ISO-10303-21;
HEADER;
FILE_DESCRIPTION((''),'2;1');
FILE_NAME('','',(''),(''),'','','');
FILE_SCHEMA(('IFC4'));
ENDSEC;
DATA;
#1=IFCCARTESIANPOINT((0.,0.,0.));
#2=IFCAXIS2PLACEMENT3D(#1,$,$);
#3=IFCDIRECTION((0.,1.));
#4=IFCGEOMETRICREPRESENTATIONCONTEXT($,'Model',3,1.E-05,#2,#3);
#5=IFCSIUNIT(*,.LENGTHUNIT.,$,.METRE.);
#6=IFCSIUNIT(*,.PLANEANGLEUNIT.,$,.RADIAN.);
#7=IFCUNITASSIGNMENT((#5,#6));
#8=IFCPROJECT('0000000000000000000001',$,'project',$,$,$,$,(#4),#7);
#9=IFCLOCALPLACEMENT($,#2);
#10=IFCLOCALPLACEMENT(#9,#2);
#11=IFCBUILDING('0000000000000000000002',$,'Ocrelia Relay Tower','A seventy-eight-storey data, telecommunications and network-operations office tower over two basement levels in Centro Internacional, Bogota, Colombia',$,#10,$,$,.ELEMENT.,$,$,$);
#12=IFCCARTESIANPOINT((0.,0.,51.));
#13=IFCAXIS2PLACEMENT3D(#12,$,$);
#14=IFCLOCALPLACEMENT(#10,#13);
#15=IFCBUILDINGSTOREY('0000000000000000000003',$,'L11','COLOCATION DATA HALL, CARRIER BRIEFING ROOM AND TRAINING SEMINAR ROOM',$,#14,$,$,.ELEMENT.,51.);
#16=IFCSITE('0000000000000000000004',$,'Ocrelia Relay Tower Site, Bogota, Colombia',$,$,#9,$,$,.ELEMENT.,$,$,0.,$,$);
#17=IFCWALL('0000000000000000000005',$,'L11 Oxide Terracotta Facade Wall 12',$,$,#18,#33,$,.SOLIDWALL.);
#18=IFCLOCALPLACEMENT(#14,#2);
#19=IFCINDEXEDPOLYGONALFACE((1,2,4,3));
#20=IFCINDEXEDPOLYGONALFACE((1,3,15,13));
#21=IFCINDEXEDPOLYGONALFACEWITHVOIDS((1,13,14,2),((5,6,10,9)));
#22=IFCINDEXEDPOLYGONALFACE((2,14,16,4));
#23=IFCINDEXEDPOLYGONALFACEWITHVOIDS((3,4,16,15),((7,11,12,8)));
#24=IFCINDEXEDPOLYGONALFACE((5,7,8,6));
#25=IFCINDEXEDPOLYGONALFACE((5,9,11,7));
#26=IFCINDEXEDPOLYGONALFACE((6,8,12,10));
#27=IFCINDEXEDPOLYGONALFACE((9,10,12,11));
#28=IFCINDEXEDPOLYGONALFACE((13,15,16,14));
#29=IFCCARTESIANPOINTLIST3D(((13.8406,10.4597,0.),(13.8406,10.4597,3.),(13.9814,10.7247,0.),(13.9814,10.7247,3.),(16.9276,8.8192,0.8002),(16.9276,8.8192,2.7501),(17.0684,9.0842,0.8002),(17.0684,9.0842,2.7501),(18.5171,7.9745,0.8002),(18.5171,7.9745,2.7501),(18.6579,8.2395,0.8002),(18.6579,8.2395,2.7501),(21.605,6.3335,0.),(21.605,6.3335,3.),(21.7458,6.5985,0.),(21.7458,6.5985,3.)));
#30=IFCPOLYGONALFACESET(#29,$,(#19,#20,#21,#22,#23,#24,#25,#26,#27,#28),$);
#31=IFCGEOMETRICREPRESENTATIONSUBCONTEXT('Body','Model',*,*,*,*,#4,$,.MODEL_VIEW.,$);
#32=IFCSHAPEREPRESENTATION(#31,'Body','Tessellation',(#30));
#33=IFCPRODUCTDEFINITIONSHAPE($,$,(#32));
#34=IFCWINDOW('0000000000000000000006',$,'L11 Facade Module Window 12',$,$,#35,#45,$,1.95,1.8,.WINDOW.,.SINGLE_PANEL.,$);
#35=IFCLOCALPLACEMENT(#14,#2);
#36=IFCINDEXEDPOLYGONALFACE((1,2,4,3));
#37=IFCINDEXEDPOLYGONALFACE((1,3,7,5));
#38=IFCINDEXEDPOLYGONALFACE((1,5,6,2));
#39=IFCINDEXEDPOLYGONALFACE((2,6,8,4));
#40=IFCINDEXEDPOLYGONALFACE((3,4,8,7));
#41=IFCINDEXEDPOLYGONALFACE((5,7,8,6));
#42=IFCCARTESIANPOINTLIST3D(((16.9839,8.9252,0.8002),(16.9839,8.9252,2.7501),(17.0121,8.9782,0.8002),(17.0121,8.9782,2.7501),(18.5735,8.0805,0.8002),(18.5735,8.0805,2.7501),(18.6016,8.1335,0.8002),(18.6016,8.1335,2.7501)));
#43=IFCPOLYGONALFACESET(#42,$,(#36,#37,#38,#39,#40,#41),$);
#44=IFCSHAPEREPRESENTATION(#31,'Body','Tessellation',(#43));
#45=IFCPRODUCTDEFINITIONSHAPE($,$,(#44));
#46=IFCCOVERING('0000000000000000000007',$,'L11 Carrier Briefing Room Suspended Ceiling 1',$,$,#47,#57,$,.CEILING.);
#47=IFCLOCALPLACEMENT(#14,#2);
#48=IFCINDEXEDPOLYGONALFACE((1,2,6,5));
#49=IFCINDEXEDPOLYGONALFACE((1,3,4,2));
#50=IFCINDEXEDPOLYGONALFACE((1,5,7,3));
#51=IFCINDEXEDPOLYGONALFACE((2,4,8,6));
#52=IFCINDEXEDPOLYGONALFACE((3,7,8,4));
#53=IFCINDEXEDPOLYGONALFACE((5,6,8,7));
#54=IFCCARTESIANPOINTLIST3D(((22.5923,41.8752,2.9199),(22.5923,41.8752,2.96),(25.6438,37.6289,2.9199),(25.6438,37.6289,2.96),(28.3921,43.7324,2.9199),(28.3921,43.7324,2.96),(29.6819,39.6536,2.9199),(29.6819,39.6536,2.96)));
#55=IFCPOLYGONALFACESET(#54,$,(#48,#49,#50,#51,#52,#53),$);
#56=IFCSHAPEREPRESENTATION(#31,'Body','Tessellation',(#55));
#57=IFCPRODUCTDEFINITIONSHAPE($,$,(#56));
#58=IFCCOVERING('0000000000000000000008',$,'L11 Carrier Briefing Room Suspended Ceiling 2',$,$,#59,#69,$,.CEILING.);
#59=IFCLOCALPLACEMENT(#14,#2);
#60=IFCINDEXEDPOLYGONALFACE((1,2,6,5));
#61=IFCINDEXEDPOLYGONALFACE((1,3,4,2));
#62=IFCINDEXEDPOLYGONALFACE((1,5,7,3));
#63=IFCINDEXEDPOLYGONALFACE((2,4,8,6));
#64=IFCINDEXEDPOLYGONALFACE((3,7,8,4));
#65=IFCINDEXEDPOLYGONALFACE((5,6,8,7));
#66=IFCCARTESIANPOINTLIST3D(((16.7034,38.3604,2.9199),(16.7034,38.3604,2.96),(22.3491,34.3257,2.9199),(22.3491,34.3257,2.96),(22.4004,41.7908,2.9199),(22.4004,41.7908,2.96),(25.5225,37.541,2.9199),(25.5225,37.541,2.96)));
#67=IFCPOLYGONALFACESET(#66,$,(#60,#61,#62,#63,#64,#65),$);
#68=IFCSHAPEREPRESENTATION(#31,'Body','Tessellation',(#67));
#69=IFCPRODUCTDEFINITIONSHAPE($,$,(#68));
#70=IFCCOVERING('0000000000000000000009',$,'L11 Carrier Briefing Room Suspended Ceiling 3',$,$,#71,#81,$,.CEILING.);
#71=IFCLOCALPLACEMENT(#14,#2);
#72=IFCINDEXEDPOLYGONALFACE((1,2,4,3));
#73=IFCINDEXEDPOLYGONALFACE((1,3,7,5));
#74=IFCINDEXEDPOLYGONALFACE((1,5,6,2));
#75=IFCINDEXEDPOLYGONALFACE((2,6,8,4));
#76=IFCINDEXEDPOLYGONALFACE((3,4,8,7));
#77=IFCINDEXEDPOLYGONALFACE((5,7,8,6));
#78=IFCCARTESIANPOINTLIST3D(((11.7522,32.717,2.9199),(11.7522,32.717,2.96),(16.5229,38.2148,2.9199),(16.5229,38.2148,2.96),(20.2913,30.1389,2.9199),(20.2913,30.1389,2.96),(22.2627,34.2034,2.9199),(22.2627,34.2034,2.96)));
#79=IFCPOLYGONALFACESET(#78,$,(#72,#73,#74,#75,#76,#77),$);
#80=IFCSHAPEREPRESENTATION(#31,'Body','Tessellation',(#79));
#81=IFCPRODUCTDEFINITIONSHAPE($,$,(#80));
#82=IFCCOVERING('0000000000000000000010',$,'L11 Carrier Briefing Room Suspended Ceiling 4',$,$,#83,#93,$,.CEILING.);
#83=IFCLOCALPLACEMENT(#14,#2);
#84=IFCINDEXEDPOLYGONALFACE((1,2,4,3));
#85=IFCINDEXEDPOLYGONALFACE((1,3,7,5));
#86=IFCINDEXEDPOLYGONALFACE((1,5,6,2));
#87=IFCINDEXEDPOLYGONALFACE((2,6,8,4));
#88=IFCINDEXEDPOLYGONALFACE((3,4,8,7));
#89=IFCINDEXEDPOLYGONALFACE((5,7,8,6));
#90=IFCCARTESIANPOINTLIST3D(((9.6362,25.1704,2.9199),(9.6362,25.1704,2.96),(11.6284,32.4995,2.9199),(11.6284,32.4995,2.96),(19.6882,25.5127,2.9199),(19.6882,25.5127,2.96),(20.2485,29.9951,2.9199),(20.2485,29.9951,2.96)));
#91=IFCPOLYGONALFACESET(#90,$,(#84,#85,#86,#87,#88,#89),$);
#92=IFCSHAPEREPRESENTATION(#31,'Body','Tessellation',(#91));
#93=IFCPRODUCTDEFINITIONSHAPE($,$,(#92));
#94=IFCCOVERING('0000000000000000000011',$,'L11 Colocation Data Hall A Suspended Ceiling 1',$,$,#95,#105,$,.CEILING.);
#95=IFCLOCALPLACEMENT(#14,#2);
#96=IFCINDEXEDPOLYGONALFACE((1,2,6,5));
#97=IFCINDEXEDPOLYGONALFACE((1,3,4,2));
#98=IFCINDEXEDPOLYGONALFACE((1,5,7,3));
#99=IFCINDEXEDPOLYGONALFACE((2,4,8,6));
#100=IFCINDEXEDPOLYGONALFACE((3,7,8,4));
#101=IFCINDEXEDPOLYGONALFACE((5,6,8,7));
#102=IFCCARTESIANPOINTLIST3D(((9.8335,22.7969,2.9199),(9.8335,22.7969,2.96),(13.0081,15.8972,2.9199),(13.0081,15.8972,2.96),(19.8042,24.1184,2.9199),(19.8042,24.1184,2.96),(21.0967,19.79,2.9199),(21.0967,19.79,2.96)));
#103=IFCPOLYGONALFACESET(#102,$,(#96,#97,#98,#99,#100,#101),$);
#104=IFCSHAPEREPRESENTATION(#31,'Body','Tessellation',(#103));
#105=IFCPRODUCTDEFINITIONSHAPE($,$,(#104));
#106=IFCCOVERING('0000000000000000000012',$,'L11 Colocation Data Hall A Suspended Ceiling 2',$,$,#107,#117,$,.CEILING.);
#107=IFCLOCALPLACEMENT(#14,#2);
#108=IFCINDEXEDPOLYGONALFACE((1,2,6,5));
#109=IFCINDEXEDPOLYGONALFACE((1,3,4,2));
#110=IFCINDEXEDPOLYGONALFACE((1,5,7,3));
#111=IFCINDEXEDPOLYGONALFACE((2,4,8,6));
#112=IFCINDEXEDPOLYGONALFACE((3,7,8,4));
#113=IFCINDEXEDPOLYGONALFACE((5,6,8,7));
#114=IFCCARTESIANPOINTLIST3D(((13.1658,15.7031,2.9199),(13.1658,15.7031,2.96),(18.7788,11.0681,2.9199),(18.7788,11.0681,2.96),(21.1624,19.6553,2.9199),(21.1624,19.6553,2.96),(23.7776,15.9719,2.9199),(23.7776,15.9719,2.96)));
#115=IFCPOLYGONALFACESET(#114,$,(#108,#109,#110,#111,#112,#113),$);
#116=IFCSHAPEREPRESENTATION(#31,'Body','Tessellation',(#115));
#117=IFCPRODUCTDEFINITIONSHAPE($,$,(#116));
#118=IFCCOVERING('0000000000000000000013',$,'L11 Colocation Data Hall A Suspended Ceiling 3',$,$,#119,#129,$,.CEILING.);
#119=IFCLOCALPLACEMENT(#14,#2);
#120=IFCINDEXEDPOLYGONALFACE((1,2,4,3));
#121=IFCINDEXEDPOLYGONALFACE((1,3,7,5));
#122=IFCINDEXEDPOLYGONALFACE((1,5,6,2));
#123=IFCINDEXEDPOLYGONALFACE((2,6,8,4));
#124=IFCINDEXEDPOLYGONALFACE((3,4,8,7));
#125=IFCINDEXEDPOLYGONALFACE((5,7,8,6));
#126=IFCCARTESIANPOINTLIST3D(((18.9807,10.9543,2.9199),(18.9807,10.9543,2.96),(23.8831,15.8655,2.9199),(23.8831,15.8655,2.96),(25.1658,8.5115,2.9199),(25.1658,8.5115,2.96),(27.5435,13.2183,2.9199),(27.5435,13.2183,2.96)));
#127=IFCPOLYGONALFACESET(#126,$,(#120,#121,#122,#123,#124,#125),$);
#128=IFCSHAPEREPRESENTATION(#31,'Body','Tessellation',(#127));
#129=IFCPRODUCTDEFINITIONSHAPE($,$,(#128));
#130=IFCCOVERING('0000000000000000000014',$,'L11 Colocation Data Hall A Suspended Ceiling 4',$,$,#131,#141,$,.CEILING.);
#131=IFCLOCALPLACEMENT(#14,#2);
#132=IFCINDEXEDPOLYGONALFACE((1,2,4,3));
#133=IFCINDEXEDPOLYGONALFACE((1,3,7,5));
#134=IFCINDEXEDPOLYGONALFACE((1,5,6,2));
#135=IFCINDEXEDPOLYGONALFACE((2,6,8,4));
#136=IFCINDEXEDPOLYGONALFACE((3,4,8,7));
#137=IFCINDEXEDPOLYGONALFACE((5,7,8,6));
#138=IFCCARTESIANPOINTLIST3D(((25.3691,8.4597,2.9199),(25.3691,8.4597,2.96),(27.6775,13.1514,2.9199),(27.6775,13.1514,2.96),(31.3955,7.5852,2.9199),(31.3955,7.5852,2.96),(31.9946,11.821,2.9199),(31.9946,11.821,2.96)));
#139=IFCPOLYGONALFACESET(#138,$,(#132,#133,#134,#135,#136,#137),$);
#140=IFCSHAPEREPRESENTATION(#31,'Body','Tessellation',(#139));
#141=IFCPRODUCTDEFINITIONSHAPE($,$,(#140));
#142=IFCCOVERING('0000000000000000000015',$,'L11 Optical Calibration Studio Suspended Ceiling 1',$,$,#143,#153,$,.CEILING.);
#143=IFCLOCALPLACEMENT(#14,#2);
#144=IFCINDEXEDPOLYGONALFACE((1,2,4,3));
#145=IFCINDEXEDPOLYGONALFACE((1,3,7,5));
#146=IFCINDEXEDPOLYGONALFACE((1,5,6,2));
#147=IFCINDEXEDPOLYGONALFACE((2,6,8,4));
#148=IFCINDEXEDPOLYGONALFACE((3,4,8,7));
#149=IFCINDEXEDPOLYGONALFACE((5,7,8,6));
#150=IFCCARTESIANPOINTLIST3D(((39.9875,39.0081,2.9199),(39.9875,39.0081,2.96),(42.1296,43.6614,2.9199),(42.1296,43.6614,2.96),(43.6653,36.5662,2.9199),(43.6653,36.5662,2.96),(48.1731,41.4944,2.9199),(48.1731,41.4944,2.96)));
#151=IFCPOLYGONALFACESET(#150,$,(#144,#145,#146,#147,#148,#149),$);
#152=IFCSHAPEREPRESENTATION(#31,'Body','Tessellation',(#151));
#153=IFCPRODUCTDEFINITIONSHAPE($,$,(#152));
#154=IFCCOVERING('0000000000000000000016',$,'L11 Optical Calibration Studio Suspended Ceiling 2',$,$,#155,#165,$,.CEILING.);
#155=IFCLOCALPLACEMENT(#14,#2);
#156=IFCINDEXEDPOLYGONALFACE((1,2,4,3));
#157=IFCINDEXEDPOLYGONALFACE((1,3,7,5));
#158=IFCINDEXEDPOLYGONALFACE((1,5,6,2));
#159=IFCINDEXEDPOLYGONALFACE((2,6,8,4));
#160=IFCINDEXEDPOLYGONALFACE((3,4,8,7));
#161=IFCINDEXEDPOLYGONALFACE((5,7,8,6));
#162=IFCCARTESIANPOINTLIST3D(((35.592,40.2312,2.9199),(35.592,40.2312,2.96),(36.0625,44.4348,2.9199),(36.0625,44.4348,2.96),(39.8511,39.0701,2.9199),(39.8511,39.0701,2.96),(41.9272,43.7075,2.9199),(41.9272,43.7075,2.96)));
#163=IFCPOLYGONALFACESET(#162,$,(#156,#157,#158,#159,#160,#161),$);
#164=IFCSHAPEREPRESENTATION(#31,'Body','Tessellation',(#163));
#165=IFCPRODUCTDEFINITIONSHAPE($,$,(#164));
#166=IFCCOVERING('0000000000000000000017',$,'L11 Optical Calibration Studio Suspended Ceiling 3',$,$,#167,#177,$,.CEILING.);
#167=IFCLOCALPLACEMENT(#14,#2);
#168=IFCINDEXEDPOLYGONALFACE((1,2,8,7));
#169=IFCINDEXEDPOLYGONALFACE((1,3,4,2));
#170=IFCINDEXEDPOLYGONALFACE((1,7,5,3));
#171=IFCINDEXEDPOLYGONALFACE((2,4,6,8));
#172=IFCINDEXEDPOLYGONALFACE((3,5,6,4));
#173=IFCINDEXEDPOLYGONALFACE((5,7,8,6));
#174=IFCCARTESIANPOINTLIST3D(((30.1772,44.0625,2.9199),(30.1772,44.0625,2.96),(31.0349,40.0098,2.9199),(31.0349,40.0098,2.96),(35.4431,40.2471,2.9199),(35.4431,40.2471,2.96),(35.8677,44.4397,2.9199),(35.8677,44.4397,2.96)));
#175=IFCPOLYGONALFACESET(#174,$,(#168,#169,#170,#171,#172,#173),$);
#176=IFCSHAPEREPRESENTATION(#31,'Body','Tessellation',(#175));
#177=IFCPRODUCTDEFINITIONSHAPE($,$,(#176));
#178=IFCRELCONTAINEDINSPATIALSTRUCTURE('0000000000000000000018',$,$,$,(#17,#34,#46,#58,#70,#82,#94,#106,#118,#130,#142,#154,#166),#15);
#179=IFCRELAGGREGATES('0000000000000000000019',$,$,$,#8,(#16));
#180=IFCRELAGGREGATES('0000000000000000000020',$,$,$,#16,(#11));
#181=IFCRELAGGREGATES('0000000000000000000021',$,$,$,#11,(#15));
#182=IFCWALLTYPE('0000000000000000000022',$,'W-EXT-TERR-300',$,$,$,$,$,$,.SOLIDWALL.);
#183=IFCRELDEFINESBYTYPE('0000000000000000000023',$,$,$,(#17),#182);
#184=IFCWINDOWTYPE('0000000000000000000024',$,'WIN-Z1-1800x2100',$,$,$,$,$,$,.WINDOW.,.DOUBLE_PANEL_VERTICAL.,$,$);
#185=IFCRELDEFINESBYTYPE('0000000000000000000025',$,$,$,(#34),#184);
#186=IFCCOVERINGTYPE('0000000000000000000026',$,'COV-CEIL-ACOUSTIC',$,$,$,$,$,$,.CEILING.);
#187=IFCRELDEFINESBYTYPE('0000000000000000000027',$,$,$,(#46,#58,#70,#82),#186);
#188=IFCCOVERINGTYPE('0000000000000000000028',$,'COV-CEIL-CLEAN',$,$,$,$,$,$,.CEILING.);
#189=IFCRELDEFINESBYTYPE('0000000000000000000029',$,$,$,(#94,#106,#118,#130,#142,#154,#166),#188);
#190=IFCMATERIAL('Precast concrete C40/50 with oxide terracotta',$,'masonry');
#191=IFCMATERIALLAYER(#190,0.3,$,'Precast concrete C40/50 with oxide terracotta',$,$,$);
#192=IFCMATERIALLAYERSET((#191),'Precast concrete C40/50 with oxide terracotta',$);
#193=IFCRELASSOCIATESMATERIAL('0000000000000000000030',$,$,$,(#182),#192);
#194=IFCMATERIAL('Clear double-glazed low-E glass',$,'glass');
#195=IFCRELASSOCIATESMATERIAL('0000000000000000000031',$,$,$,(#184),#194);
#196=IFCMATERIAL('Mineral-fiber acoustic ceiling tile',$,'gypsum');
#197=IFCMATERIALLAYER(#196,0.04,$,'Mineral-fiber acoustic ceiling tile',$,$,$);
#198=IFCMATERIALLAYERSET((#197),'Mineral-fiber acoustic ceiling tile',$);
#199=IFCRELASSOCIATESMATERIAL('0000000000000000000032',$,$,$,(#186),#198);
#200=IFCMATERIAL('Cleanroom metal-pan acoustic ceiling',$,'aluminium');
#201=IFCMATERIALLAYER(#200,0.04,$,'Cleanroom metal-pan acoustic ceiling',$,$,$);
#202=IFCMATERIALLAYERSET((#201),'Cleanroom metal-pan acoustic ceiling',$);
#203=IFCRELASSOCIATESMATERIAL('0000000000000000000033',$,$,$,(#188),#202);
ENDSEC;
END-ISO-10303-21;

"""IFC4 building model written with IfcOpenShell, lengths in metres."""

from ifc_helpers import new_model, si_unit, direction, frame, frame_2d, origin, place, context, subcontext, project, spatial, polyline, rectangle, outline, extrude, material, layer, layer_set, type_object, element, fill, save


model = new_model("IFC4")

# Units and contexts
model_context = context("Model", 3, precision=1e-05, world=origin(), true_north=direction((0.0, 1.0)))
body_context = subcontext(model_context, "Body", "Model", "MODEL_VIEW")
ifc_project = project(units=[si_unit("LENGTHUNIT", "METRE"), si_unit("PLANEANGLEUNIT", "RADIAN")], contexts=[model_context])

# Site, building, storey
site_placement = place(None, origin())
site = spatial("IfcSite", under=ifc_project, at=site_placement, Name="Ocrelia Relay Tower Site, Bogota, Colombia", CompositionType="ELEMENT", RefElevation=0.0)
building_placement = place(site_placement, origin())
building = spatial("IfcBuilding", under=site, at=building_placement, Name="Ocrelia Relay Tower", Description="A seventy-eight-storey data, telecommunications and network-operations office tower over two basement levels in Centro Internacional, Bogota, Colombia", CompositionType="ELEMENT")
storey_placement = place(building_placement, frame((0.0, 0.0, 51.0)))
storey = spatial("IfcBuildingStorey", under=building, at=storey_placement, Name="L11", Description="COLOCATION DATA HALL, CARRIER BRIEFING ROOM AND TRAINING SEMINAR ROOM", CompositionType="ELEMENT", Elevation=51.0)

# Wall, opening, window
ifc_material_1 = material(Name="Precast concrete C40/50 with oxide terracotta", Category="masonry")
ifc_layer_1 = layer(ifc_material_1, 0.3, Name="Precast concrete C40/50 with oxide terracotta")
ifc_layer_set_1 = layer_set([ifc_layer_1], Name="Precast concrete C40/50 with oxide terracotta")
wall_type = type_object("IfcWallType", Name="W-EXT-TERR-300", PredefinedType="SOLIDWALL", material=ifc_layer_set_1)
wall_placement = place(storey_placement, frame((13.9109, 10.5923, 0.0), z_axis=(0.0, 0.0, 1.0), x_axis=(0.883051, -0.469278, 0.0)))
wall = element("IfcWall", 1, at=wall_placement, inside=storey, type_object=wall_type, Name="L11 Oxide Terracotta Facade Wall 12", PredefinedType="SOLIDWALL", context=body_context, shape_type="SweptSolid", body=[
    extrude(rectangle(XDim=8.7927, YDim=0.3, at=frame_2d((4.3965, 0.0))), origin(), (0.0, 0.0, 1.0), 3.0),
])
opening_placement = place(wall_placement, frame((3.4961, 0.0, 0.8)))
opening = element("IfcOpeningElement", 2, at=opening_placement, cuts=wall, PredefinedType="OPENING", context=body_context, shape_type="SweptSolid", body=[
    extrude(rectangle(XDim=1.8, YDim=1.95, at=frame_2d((0.8999, 0.9751))), frame((0.0, 0.1602, 0.0), z_axis=(0.0, -1.0, 0.0), x_axis=(1.0, 0.0, 0.0)), (0.0, 0.0, 1.0), 0.3201),
])
ifc_material_2 = material(Name="Clear double-glazed low-E glass", Category="glass")
window_type = type_object("IfcWindowType", Name="WIN-Z1-1800x2100", PartitioningType="DOUBLE_PANEL_VERTICAL", PredefinedType="WINDOW", material=ifc_material_2)
window_placement = place(opening_placement, origin())
window = element("IfcWindow", 3, at=window_placement, inside=storey, type_object=window_type, Name="L11 Facade Module Window 12", OverallHeight=1.95, OverallWidth=1.8, PartitioningType="SINGLE_PANEL", PredefinedType="WINDOW", context=body_context, shape_type="SweptSolid", body=[
    extrude(rectangle(XDim=1.8, YDim=1.95, at=frame_2d((0.8999, 0.9751))), frame((0.0, 0.03, 0.0), z_axis=(0.0, -1.0, 0.0), x_axis=(1.0, 0.0, 0.0)), (0.0, 0.0, 1.0), 0.0601),
])
fill(opening, window)

# Coverings
ifc_material_3 = material(Name="Mineral-fiber acoustic ceiling tile", Category="gypsum")
ifc_layer_2 = layer(ifc_material_3, 0.04, Name="Mineral-fiber acoustic ceiling tile")
ifc_layer_set_2 = layer_set([ifc_layer_2], Name="Mineral-fiber acoustic ceiling tile")
covering_type_1 = type_object("IfcCoveringType", Name="COV-CEIL-ACOUSTIC", PredefinedType="CEILING", material=ifc_layer_set_2)
covering_1_placement = place(storey_placement, frame((0.0, 0.0, 2.9199)))
element("IfcCovering", 4, at=covering_1_placement, inside=storey, type_object=covering_type_1, Name="L11 Carrier Briefing Room Suspended Ceiling 1", PredefinedType="CEILING", context=body_context, shape_type="SweptSolid", body=[
    extrude(outline(polyline([(29.6819, 39.6536), (28.3921, 43.7324), (22.5923, 41.8752), (25.6438, 37.6289), (29.6819, 39.6536)])), origin(), (0.0, 0.0, 1.0), 0.04),
])
covering_2_placement = place(storey_placement, frame((0.0, 0.0, 2.9199)))
element("IfcCovering", 5, at=covering_2_placement, inside=storey, type_object=covering_type_1, Name="L11 Carrier Briefing Room Suspended Ceiling 2", PredefinedType="CEILING", context=body_context, shape_type="SweptSolid", body=[
    extrude(outline(polyline([(25.5225, 37.541), (22.4004, 41.7908), (16.7034, 38.3604), (22.3491, 34.3257), (25.5225, 37.541)])), origin(), (0.0, 0.0, 1.0), 0.04),
])
covering_3_placement = place(storey_placement, frame((0.0, 0.0, 2.9199)))
element("IfcCovering", 6, at=covering_3_placement, inside=storey, type_object=covering_type_1, Name="L11 Carrier Briefing Room Suspended Ceiling 3", PredefinedType="CEILING", context=body_context, shape_type="SweptSolid", body=[
    extrude(outline(polyline([(22.2627, 34.2034), (16.5229, 38.2148), (11.7522, 32.717), (20.2913, 30.1389), (22.2627, 34.2034)])), origin(), (0.0, 0.0, 1.0), 0.04),
])
covering_4_placement = place(storey_placement, frame((0.0, 0.0, 2.9199)))
element("IfcCovering", 7, at=covering_4_placement, inside=storey, type_object=covering_type_1, Name="L11 Carrier Briefing Room Suspended Ceiling 4", PredefinedType="CEILING", context=body_context, shape_type="SweptSolid", body=[
    extrude(outline(polyline([(20.2485, 29.9951), (11.6284, 32.4995), (9.6362, 25.1704), (19.6882, 25.5127), (20.2485, 29.9951)])), origin(), (0.0, 0.0, 1.0), 0.04),
])
ifc_material_4 = material(Name="Cleanroom metal-pan acoustic ceiling", Category="aluminium")
ifc_layer_3 = layer(ifc_material_4, 0.04, Name="Cleanroom metal-pan acoustic ceiling")
ifc_layer_set_3 = layer_set([ifc_layer_3], Name="Cleanroom metal-pan acoustic ceiling")
covering_type_2 = type_object("IfcCoveringType", Name="COV-CEIL-CLEAN", PredefinedType="CEILING", material=ifc_layer_set_3)
covering_5_placement = place(storey_placement, frame((0.0, 0.0, 2.9199)))
element("IfcCovering", 8, at=covering_5_placement, inside=storey, type_object=covering_type_2, Name="L11 Colocation Data Hall A Suspended Ceiling 1", PredefinedType="CEILING", context=body_context, shape_type="SweptSolid", body=[
    extrude(outline(polyline([(19.8042, 24.1184), (9.8335, 22.7969), (13.0081, 15.8972), (21.0967, 19.79), (19.8042, 24.1184)])), origin(), (0.0, 0.0, 1.0), 0.04),
])
covering_6_placement = place(storey_placement, frame((0.0, 0.0, 2.9199)))
element("IfcCovering", 9, at=covering_6_placement, inside=storey, type_object=covering_type_2, Name="L11 Colocation Data Hall A Suspended Ceiling 2", PredefinedType="CEILING", context=body_context, shape_type="SweptSolid", body=[
    extrude(outline(polyline([(21.1624, 19.6553), (13.1658, 15.7031), (18.7788, 11.0681), (23.7776, 15.9719), (21.1624, 19.6553)])), origin(), (0.0, 0.0, 1.0), 0.04),
])
covering_7_placement = place(storey_placement, frame((0.0, 0.0, 2.9199)))
element("IfcCovering", 10, at=covering_7_placement, inside=storey, type_object=covering_type_2, Name="L11 Colocation Data Hall A Suspended Ceiling 3", PredefinedType="CEILING", context=body_context, shape_type="SweptSolid", body=[
    extrude(outline(polyline([(23.8831, 15.8655), (18.9807, 10.9543), (25.1658, 8.5115), (27.5435, 13.2183), (23.8831, 15.8655)])), origin(), (0.0, 0.0, 1.0), 0.04),
])
covering_8_placement = place(storey_placement, frame((0.0, 0.0, 2.9199)))
element("IfcCovering", 11, at=covering_8_placement, inside=storey, type_object=covering_type_2, Name="L11 Colocation Data Hall A Suspended Ceiling 4", PredefinedType="CEILING", context=body_context, shape_type="SweptSolid", body=[
    extrude(outline(polyline([(27.6775, 13.1514), (25.3691, 8.4597), (31.3955, 7.5852), (31.9946, 11.821), (27.6775, 13.1514)])), origin(), (0.0, 0.0, 1.0), 0.04),
])
covering_9_placement = place(storey_placement, frame((0.0, 0.0, 2.9199)))
element("IfcCovering", 12, at=covering_9_placement, inside=storey, type_object=covering_type_2, Name="L11 Optical Calibration Studio Suspended Ceiling 1", PredefinedType="CEILING", context=body_context, shape_type="SweptSolid", body=[
    extrude(outline(polyline([(43.6653, 36.5662), (48.1731, 41.4944), (42.1296, 43.6614), (39.9875, 39.0081), (43.6653, 36.5662)])), origin(), (0.0, 0.0, 1.0), 0.04),
])
covering_10_placement = place(storey_placement, frame((0.0, 0.0, 2.9199)))
element("IfcCovering", 13, at=covering_10_placement, inside=storey, type_object=covering_type_2, Name="L11 Optical Calibration Studio Suspended Ceiling 2", PredefinedType="CEILING", context=body_context, shape_type="SweptSolid", body=[
    extrude(outline(polyline([(39.8511, 39.0701), (41.9272, 43.7075), (36.0625, 44.4348), (35.592, 40.2312), (39.8511, 39.0701)])), origin(), (0.0, 0.0, 1.0), 0.04),
])
covering_11_placement = place(storey_placement, frame((0.0, 0.0, 2.9199)))
element("IfcCovering", 14, at=covering_11_placement, inside=storey, type_object=covering_type_2, Name="L11 Optical Calibration Studio Suspended Ceiling 3", PredefinedType="CEILING", context=body_context, shape_type="SweptSolid", body=[
    extrude(outline(polyline([(35.4431, 40.2471), (35.8677, 44.4397), (30.1772, 44.0625), (31.0349, 40.0098), (35.4431, 40.2471)])), origin(), (0.0, 0.0, 1.0), 0.04),
])

save(model, "model.ifc")
